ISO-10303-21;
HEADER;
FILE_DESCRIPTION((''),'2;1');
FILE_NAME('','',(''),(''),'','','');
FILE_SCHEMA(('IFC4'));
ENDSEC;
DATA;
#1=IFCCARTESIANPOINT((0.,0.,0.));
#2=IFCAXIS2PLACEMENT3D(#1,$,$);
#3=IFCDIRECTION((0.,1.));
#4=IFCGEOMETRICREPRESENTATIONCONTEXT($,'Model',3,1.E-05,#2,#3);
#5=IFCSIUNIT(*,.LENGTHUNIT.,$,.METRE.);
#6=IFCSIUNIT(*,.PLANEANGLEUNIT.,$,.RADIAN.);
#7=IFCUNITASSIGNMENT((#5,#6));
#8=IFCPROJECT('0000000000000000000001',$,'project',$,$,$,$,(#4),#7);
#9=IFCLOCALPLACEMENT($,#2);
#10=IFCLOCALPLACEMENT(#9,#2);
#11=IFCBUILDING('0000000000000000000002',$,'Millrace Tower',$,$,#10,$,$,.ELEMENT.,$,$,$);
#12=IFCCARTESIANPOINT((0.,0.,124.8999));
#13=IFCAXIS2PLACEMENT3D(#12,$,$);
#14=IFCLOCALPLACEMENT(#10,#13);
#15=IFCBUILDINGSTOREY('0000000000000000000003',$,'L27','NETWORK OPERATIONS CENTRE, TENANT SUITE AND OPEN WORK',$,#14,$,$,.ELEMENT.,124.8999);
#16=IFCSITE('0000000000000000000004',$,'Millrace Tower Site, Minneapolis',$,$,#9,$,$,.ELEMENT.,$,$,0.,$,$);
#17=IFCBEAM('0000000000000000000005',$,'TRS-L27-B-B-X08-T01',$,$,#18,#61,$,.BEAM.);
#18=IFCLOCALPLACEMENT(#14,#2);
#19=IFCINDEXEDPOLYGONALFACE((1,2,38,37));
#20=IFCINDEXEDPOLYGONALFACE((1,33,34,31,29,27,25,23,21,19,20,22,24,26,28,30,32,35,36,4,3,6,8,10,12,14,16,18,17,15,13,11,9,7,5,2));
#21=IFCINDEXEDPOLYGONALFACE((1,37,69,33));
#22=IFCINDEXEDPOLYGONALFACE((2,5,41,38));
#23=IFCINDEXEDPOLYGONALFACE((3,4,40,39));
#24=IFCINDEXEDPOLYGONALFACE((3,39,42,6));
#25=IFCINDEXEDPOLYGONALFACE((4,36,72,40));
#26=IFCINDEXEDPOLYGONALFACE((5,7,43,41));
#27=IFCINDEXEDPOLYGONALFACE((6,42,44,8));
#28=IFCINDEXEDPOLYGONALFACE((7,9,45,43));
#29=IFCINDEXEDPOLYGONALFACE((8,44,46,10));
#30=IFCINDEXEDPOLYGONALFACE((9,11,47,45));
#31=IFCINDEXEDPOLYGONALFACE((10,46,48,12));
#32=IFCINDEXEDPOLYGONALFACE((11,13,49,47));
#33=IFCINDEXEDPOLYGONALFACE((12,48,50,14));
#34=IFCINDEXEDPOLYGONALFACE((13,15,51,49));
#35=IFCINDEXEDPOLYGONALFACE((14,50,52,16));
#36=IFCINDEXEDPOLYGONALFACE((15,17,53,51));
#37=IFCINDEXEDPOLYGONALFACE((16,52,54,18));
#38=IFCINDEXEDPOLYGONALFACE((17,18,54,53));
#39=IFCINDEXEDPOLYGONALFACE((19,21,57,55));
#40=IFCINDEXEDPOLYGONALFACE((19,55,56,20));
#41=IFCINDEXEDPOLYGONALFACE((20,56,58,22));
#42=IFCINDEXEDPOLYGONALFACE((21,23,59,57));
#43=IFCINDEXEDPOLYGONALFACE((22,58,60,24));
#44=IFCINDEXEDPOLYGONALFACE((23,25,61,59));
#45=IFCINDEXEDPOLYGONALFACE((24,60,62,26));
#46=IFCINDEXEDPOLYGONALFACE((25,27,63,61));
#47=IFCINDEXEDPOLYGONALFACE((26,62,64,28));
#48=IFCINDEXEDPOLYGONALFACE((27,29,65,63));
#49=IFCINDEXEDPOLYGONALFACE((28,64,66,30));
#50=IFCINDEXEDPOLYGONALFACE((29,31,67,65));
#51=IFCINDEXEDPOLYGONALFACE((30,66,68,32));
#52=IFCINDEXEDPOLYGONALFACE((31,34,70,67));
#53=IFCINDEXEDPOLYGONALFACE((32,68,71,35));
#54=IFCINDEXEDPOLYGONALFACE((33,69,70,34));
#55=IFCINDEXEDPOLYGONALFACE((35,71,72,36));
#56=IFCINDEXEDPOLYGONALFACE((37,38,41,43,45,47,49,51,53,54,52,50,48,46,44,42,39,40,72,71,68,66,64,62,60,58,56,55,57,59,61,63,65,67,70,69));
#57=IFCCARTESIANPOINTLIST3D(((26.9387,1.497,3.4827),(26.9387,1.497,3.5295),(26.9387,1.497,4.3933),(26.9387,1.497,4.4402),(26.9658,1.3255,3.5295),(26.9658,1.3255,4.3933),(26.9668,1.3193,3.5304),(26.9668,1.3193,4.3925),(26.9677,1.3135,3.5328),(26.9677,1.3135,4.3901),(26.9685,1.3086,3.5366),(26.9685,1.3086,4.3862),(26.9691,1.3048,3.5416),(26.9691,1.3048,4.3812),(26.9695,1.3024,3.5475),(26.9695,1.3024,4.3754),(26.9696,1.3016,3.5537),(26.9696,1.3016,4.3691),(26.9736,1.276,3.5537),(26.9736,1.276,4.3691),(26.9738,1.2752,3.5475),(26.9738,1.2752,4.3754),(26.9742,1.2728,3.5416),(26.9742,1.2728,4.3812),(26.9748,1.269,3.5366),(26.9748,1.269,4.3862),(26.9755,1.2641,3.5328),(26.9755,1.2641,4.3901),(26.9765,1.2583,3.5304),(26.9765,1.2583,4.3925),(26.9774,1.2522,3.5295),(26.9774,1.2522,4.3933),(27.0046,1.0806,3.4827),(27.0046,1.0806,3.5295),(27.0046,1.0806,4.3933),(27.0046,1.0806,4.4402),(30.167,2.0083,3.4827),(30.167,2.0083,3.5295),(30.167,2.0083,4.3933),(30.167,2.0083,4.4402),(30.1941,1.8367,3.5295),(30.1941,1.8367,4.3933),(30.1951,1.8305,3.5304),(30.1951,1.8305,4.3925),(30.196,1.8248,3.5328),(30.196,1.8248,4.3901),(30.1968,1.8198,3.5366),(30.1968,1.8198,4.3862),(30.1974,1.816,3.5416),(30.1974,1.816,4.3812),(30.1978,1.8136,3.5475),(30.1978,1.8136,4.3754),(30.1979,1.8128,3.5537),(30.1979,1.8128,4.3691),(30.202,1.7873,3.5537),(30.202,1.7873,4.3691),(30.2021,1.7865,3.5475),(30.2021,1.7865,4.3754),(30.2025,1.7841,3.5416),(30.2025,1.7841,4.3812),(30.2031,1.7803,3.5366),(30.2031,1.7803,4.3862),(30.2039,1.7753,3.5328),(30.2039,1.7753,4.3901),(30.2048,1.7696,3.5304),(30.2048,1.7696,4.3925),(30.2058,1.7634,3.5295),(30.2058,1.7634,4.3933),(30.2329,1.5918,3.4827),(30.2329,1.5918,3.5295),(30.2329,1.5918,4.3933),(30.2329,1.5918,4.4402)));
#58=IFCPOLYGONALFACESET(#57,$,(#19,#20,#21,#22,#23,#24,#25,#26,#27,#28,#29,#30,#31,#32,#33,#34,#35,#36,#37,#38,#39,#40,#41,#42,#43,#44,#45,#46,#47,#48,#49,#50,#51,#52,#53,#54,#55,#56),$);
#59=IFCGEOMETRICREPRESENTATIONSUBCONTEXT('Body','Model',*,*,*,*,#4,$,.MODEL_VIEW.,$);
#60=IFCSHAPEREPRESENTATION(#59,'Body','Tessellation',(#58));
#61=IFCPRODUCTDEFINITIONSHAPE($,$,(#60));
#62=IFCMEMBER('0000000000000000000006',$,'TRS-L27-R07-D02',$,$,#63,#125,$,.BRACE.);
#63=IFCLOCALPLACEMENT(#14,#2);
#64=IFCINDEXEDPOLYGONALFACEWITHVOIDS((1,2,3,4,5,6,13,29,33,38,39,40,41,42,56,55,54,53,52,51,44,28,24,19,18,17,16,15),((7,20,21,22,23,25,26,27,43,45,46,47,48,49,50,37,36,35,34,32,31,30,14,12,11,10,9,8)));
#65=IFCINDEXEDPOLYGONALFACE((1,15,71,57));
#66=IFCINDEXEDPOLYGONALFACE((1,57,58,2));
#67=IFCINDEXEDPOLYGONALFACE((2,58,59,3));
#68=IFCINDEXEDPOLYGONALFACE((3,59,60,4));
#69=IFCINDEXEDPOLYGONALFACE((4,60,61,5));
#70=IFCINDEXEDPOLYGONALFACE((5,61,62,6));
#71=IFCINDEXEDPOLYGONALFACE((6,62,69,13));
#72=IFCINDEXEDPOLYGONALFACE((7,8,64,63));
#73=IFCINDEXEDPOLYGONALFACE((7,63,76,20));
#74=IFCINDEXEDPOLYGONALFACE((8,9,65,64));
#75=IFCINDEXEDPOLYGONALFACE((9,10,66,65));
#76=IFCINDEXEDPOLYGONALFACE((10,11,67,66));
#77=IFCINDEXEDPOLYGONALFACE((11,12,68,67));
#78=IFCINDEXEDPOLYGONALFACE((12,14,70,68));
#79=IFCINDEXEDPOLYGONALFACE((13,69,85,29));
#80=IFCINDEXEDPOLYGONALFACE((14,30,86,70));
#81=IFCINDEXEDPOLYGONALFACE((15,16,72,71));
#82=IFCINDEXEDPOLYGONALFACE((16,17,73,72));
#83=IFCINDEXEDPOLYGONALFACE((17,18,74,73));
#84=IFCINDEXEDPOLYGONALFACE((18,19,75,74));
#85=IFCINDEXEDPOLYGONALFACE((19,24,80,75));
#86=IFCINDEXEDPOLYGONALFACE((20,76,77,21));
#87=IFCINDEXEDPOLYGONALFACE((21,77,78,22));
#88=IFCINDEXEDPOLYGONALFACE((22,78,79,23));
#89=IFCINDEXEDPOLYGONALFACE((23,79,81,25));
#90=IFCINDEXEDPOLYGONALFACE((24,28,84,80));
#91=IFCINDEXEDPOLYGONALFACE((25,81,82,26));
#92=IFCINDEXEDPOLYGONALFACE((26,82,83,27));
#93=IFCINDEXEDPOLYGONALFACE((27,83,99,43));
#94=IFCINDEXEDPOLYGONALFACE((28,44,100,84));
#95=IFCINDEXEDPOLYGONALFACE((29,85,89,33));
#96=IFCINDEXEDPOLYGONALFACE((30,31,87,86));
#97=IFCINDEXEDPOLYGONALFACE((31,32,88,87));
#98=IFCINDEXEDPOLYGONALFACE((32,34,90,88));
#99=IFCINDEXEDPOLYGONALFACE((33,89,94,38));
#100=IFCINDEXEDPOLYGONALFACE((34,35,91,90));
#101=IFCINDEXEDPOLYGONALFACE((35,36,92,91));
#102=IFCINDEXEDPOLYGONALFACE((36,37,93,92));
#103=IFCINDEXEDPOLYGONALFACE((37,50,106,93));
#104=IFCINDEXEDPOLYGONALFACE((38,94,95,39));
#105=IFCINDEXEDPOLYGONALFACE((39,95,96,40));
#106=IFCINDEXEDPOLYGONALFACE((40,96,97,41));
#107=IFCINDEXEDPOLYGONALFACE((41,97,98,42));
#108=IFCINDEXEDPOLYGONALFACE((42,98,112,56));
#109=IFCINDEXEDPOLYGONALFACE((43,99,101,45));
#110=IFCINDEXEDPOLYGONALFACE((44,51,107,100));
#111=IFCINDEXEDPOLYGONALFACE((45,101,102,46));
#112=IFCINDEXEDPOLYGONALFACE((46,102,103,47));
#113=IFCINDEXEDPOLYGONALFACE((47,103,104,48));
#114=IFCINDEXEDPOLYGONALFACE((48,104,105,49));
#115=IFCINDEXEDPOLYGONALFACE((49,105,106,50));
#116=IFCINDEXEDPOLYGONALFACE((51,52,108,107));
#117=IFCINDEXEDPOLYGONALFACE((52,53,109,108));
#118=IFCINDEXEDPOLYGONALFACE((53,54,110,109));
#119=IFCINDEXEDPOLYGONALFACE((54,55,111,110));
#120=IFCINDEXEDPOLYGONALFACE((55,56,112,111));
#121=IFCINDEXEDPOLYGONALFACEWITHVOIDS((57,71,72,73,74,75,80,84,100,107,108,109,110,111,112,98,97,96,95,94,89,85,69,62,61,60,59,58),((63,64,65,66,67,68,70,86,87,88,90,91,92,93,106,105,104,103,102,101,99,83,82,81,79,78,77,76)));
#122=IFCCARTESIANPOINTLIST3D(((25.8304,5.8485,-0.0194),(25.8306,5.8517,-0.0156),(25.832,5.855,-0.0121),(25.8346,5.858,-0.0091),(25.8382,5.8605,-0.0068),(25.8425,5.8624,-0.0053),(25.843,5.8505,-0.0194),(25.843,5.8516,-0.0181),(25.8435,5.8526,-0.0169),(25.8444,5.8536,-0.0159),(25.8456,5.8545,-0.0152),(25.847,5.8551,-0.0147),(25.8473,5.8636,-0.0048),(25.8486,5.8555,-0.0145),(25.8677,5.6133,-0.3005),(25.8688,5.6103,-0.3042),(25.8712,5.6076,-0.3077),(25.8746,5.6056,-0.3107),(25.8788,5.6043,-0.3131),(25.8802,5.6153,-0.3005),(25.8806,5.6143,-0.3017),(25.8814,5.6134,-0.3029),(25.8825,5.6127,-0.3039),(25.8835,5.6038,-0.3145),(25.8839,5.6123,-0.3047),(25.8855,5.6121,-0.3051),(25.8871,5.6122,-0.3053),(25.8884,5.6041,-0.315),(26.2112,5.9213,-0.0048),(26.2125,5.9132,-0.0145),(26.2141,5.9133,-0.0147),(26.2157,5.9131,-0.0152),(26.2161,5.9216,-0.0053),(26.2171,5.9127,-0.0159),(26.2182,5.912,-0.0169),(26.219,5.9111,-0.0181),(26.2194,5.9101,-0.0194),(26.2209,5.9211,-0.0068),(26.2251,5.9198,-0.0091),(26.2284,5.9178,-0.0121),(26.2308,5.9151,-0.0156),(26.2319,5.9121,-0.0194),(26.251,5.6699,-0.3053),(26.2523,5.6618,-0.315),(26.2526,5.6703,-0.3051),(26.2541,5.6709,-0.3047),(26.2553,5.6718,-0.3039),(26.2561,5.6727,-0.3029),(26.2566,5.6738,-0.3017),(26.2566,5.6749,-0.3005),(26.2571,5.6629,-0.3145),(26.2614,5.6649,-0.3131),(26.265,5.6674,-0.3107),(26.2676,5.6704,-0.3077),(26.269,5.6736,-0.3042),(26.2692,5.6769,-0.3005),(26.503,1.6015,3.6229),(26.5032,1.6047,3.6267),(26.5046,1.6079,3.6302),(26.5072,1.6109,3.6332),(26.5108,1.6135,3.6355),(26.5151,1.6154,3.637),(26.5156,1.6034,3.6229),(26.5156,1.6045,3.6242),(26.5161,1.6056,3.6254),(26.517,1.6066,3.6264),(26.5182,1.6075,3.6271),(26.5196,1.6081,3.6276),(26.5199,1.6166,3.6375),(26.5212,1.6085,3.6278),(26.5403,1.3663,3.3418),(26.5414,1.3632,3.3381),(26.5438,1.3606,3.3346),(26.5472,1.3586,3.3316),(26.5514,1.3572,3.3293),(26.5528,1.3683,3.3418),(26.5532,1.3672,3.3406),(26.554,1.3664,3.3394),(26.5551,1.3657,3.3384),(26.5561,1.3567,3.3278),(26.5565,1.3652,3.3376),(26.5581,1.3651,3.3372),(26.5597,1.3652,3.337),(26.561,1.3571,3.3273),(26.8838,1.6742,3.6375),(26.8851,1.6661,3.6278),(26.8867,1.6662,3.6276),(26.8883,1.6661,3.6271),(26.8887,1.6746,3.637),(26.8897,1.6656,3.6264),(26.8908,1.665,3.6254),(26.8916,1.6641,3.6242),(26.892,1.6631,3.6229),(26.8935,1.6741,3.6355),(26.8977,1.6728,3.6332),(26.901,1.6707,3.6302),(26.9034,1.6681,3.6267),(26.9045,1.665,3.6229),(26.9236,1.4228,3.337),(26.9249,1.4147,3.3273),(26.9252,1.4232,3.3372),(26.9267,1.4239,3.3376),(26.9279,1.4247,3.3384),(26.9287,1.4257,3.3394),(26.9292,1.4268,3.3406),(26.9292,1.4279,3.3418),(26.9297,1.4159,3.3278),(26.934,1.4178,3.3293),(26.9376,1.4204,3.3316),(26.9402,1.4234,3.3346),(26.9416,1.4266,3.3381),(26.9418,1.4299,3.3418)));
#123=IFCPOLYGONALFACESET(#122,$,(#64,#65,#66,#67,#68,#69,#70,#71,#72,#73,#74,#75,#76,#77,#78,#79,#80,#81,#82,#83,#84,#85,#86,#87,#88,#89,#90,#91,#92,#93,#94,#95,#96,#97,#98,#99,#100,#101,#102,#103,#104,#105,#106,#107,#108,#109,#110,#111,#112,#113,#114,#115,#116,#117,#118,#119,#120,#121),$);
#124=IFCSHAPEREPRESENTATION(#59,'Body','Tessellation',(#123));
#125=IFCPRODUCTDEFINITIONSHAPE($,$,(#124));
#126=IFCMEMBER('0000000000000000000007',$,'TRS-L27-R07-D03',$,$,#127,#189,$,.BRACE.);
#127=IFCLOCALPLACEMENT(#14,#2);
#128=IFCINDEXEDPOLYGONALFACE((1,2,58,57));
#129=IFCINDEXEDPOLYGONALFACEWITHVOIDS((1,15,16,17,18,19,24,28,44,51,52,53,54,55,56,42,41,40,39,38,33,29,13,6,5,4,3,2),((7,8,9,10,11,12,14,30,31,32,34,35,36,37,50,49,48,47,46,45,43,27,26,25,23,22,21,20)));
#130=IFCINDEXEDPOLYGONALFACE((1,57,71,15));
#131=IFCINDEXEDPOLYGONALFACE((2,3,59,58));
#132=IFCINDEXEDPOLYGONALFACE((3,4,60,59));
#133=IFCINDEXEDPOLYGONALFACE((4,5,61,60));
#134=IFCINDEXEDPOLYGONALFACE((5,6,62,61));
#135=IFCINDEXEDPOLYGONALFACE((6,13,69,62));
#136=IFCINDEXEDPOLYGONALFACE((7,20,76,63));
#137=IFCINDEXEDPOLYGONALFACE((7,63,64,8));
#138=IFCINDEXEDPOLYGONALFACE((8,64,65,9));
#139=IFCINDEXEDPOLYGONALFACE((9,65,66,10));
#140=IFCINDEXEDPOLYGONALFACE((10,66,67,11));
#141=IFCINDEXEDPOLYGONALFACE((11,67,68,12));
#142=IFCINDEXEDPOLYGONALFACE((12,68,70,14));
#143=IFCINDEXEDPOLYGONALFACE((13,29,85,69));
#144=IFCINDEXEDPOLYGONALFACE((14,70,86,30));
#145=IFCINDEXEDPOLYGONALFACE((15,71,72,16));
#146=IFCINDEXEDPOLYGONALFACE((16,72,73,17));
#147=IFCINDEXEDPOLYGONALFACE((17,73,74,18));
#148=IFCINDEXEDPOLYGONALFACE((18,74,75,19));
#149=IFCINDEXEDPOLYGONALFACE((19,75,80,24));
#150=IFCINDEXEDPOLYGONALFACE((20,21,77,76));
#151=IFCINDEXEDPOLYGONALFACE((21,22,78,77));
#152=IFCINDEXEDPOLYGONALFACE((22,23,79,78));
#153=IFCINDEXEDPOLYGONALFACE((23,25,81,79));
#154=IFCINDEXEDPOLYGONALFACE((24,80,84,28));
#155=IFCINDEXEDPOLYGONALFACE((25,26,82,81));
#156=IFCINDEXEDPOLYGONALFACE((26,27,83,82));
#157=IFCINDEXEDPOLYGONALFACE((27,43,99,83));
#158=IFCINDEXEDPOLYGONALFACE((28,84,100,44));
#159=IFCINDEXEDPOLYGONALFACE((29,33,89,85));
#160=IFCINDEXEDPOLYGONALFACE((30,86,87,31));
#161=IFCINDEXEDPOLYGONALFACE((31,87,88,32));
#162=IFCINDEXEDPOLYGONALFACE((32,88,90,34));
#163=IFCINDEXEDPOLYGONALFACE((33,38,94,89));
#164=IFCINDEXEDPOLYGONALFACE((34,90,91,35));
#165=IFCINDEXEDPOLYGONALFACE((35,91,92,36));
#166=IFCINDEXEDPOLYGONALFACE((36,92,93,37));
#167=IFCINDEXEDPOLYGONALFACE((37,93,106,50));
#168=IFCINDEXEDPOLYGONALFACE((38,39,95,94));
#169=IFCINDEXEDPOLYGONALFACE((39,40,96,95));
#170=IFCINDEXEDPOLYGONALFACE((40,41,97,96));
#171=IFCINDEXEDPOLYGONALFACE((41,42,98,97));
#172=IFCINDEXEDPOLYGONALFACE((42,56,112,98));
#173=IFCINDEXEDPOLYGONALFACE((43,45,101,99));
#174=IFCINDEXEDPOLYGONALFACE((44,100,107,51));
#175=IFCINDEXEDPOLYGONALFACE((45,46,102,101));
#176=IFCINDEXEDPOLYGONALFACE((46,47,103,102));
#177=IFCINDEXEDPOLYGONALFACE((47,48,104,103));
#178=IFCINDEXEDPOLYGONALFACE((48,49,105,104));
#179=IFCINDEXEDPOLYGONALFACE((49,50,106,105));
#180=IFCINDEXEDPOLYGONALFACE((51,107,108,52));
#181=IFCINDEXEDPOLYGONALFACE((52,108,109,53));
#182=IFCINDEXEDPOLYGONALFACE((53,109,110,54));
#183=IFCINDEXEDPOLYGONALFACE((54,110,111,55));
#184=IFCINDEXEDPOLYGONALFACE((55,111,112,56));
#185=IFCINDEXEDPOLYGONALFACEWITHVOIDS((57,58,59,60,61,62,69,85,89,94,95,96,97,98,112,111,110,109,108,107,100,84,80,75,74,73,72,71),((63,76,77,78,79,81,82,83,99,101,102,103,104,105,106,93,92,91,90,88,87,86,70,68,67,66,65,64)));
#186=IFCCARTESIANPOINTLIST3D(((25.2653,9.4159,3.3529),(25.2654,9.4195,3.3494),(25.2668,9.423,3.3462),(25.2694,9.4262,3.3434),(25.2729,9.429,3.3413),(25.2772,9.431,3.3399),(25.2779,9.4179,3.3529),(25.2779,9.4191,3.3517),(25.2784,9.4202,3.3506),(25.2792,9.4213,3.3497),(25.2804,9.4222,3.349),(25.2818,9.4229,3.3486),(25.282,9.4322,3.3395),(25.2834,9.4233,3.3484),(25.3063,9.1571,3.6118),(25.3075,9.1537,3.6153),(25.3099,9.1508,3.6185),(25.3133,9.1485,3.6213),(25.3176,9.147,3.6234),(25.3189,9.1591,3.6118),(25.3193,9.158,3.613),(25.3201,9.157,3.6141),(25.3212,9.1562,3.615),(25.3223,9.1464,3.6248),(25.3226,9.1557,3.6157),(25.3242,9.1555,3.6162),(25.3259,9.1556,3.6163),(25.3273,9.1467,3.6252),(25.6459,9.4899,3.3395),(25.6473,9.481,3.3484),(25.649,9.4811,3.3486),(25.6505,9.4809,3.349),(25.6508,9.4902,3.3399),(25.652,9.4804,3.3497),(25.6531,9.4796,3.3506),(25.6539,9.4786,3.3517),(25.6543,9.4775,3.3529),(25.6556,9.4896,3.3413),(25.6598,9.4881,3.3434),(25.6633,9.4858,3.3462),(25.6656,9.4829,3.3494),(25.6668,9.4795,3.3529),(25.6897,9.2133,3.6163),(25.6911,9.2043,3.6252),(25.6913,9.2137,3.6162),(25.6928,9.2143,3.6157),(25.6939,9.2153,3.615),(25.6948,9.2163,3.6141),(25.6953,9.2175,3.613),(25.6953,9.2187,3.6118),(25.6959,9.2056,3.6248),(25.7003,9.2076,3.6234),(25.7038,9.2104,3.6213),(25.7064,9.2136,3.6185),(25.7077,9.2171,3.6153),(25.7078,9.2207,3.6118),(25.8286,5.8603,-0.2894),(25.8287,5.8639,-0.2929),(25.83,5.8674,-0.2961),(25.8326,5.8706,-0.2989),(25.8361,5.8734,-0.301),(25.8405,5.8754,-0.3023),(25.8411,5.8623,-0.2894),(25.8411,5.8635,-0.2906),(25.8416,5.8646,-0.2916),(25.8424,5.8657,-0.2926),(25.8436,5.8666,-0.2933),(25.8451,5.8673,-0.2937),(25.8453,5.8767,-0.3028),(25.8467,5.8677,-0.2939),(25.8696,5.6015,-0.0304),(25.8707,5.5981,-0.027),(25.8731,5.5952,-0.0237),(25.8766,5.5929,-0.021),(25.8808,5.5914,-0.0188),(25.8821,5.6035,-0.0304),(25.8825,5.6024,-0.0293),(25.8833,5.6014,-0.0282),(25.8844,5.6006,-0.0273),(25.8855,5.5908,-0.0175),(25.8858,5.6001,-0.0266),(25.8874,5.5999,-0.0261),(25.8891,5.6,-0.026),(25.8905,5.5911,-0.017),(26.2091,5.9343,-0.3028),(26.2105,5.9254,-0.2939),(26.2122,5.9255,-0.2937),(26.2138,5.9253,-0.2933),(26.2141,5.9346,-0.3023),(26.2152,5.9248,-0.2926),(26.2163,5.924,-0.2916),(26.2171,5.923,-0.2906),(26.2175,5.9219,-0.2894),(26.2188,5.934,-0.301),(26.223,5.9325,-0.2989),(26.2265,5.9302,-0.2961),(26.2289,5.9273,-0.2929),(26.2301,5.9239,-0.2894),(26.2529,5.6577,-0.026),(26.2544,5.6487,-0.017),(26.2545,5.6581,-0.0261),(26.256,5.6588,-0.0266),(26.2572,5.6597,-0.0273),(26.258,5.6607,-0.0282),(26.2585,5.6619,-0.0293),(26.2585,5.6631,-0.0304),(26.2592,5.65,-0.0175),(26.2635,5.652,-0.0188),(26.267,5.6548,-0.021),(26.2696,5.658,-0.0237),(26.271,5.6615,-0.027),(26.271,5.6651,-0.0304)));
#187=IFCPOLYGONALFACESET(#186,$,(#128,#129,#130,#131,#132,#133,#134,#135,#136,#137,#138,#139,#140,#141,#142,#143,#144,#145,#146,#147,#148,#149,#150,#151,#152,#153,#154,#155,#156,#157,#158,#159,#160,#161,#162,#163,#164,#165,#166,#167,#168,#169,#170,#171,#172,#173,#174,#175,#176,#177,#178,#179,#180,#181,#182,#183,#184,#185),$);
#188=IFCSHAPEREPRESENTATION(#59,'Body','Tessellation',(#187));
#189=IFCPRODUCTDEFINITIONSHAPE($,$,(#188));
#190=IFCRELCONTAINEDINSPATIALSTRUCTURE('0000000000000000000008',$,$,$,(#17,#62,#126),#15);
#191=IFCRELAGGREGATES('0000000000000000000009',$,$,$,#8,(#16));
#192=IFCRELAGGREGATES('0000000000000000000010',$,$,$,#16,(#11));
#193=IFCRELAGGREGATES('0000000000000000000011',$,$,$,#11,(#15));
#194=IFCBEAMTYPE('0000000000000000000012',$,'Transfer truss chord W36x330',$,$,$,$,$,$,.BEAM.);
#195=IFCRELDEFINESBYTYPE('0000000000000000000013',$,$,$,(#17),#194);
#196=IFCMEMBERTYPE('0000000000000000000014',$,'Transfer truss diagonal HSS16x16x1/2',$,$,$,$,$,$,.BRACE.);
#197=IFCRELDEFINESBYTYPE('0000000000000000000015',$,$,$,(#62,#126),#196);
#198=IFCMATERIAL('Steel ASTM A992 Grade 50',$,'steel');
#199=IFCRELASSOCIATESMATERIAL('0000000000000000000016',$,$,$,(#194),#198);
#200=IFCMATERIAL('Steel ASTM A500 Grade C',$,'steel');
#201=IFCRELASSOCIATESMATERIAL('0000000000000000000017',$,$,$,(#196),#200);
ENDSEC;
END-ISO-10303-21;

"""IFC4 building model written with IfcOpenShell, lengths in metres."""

from ifc_helpers import new_model, si_unit, direction, frame, origin, origin_2d, place, context, subcontext, project, spatial, hollow_rectangle, i_section, extrude, material, material_profile, profile_set, type_object, element, save


model = new_model("IFC4")

# Units and contexts
model_context = context("Model", 3, precision=1e-05, world=origin(), true_north=direction((0.0, 1.0)))
body_context = subcontext(model_context, "Body", "Model", "MODEL_VIEW")
ifc_project = project(units=[si_unit("LENGTHUNIT", "METRE"), si_unit("PLANEANGLEUNIT", "RADIAN")], contexts=[model_context])

# Site, building, storey
site_placement = place(None, origin())
site = spatial("IfcSite", under=ifc_project, at=site_placement, Name="Millrace Tower Site, Minneapolis", CompositionType="ELEMENT", RefElevation=0.0)
building_placement = place(site_placement, origin())
building = spatial("IfcBuilding", under=site, at=building_placement, Name="Millrace Tower", CompositionType="ELEMENT")
storey_placement = place(building_placement, frame((0.0, 0.0, 124.8999)))
storey = spatial("IfcBuildingStorey", under=building, at=storey_placement, Name="L27", Description="NETWORK OPERATIONS CENTRE, TENANT SUITE AND OPEN WORK", CompositionType="ELEMENT", Elevation=124.8999)

# Beam
ifc_material_1 = material(Name="Steel ASTM A992 Grade 50", Category="steel")
ifc_material_profile_1 = material_profile(ifc_material_1, i_section(OverallWidth=0.4216, OverallDepth=0.9575, WebThickness=0.0259, FlangeThickness=0.0469, FilletRadius=0.0242, at=origin_2d()))
ifc_profile_set_1 = profile_set([ifc_material_profile_1], Name="Steel ASTM A992 Grade 50")
beam_type_1 = type_object("IfcBeamType", Name="Transfer truss chord W36x330", PredefinedType="BEAM", material=ifc_profile_set_1)
for number, where, z_axis, x_axis, name in (
    (1, (30.2, 1.8, 3.9614), (-0.987692, -0.156411, 0.0), (0.156411, -0.987692, 0.0), "TRS-L27-B-B-X08-T01"),
):
    element("IfcBeam", number, at=place(storey_placement, frame(where, z_axis=z_axis, x_axis=x_axis)), inside=storey, type_object=beam_type_1, Name=name, PredefinedType="BEAM", context=body_context, shape_type="SweptSolid", body=[
        extrude(i_section(OverallWidth=0.4216, OverallDepth=0.9575, WebThickness=0.0259, FlangeThickness=0.0469, FilletRadius=0.0242, at=origin_2d()), origin(), (0.0, 0.0, 1.0), 3.2686),
    ])

# Members
ifc_material_2 = material(Name="Steel ASTM A500 Grade C", Category="steel")
ifc_material_profile_2 = material_profile(ifc_material_2, hollow_rectangle(XDim=0.4065, YDim=0.4065, WallThickness=0.0127, InnerFilletRadius=0.0063, OuterFilletRadius=0.019, at=origin_2d()))
ifc_profile_set_2 = profile_set([ifc_material_profile_2], Name="Steel ASTM A500 Grade C")
member_type_1 = type_object("IfcMemberType", Name="Transfer truss diagonal HSS16x16x1/2", PredefinedType="BRACE", material=ifc_profile_set_2)
member_1_placement = place(storey_placement, frame((26.0498, 5.7627, -0.1599), z_axis=(0.119356, -0.753655, 0.646343), x_axis=(0.987691, 0.15642, 0.0)))
element("IfcMember", 2, at=member_1_placement, inside=storey, type_object=member_type_1, Name="TRS-L27-R07-D02", PredefinedType="BRACE", context=body_context, shape_type="SweptSolid", body=[
    extrude(hollow_rectangle(XDim=0.4065, YDim=0.4065, WallThickness=0.0127, InnerFilletRadius=0.0063, OuterFilletRadius=0.019, at=origin_2d()), origin(), (0.0, 0.0, 1.0), 5.6353),
])
member_2_placement = place(storey_placement, frame((26.0498, 5.7627, -0.1599), z_axis=(-0.109981, 0.694304, 0.711228), x_axis=(-0.987685, -0.156454, 0.0)))
element("IfcMember", 3, at=member_2_placement, inside=storey, type_object=member_type_1, Name="TRS-L27-R07-D03", PredefinedType="BRACE", context=body_context, shape_type="SweptSolid", body=[
    extrude(hollow_rectangle(XDim=0.4065, YDim=0.4065, WallThickness=0.0127, InnerFilletRadius=0.0063, OuterFilletRadius=0.019, at=origin_2d()), origin(), (0.0, 0.0, 1.0), 5.1211),
])

save(model, "model.ifc")
